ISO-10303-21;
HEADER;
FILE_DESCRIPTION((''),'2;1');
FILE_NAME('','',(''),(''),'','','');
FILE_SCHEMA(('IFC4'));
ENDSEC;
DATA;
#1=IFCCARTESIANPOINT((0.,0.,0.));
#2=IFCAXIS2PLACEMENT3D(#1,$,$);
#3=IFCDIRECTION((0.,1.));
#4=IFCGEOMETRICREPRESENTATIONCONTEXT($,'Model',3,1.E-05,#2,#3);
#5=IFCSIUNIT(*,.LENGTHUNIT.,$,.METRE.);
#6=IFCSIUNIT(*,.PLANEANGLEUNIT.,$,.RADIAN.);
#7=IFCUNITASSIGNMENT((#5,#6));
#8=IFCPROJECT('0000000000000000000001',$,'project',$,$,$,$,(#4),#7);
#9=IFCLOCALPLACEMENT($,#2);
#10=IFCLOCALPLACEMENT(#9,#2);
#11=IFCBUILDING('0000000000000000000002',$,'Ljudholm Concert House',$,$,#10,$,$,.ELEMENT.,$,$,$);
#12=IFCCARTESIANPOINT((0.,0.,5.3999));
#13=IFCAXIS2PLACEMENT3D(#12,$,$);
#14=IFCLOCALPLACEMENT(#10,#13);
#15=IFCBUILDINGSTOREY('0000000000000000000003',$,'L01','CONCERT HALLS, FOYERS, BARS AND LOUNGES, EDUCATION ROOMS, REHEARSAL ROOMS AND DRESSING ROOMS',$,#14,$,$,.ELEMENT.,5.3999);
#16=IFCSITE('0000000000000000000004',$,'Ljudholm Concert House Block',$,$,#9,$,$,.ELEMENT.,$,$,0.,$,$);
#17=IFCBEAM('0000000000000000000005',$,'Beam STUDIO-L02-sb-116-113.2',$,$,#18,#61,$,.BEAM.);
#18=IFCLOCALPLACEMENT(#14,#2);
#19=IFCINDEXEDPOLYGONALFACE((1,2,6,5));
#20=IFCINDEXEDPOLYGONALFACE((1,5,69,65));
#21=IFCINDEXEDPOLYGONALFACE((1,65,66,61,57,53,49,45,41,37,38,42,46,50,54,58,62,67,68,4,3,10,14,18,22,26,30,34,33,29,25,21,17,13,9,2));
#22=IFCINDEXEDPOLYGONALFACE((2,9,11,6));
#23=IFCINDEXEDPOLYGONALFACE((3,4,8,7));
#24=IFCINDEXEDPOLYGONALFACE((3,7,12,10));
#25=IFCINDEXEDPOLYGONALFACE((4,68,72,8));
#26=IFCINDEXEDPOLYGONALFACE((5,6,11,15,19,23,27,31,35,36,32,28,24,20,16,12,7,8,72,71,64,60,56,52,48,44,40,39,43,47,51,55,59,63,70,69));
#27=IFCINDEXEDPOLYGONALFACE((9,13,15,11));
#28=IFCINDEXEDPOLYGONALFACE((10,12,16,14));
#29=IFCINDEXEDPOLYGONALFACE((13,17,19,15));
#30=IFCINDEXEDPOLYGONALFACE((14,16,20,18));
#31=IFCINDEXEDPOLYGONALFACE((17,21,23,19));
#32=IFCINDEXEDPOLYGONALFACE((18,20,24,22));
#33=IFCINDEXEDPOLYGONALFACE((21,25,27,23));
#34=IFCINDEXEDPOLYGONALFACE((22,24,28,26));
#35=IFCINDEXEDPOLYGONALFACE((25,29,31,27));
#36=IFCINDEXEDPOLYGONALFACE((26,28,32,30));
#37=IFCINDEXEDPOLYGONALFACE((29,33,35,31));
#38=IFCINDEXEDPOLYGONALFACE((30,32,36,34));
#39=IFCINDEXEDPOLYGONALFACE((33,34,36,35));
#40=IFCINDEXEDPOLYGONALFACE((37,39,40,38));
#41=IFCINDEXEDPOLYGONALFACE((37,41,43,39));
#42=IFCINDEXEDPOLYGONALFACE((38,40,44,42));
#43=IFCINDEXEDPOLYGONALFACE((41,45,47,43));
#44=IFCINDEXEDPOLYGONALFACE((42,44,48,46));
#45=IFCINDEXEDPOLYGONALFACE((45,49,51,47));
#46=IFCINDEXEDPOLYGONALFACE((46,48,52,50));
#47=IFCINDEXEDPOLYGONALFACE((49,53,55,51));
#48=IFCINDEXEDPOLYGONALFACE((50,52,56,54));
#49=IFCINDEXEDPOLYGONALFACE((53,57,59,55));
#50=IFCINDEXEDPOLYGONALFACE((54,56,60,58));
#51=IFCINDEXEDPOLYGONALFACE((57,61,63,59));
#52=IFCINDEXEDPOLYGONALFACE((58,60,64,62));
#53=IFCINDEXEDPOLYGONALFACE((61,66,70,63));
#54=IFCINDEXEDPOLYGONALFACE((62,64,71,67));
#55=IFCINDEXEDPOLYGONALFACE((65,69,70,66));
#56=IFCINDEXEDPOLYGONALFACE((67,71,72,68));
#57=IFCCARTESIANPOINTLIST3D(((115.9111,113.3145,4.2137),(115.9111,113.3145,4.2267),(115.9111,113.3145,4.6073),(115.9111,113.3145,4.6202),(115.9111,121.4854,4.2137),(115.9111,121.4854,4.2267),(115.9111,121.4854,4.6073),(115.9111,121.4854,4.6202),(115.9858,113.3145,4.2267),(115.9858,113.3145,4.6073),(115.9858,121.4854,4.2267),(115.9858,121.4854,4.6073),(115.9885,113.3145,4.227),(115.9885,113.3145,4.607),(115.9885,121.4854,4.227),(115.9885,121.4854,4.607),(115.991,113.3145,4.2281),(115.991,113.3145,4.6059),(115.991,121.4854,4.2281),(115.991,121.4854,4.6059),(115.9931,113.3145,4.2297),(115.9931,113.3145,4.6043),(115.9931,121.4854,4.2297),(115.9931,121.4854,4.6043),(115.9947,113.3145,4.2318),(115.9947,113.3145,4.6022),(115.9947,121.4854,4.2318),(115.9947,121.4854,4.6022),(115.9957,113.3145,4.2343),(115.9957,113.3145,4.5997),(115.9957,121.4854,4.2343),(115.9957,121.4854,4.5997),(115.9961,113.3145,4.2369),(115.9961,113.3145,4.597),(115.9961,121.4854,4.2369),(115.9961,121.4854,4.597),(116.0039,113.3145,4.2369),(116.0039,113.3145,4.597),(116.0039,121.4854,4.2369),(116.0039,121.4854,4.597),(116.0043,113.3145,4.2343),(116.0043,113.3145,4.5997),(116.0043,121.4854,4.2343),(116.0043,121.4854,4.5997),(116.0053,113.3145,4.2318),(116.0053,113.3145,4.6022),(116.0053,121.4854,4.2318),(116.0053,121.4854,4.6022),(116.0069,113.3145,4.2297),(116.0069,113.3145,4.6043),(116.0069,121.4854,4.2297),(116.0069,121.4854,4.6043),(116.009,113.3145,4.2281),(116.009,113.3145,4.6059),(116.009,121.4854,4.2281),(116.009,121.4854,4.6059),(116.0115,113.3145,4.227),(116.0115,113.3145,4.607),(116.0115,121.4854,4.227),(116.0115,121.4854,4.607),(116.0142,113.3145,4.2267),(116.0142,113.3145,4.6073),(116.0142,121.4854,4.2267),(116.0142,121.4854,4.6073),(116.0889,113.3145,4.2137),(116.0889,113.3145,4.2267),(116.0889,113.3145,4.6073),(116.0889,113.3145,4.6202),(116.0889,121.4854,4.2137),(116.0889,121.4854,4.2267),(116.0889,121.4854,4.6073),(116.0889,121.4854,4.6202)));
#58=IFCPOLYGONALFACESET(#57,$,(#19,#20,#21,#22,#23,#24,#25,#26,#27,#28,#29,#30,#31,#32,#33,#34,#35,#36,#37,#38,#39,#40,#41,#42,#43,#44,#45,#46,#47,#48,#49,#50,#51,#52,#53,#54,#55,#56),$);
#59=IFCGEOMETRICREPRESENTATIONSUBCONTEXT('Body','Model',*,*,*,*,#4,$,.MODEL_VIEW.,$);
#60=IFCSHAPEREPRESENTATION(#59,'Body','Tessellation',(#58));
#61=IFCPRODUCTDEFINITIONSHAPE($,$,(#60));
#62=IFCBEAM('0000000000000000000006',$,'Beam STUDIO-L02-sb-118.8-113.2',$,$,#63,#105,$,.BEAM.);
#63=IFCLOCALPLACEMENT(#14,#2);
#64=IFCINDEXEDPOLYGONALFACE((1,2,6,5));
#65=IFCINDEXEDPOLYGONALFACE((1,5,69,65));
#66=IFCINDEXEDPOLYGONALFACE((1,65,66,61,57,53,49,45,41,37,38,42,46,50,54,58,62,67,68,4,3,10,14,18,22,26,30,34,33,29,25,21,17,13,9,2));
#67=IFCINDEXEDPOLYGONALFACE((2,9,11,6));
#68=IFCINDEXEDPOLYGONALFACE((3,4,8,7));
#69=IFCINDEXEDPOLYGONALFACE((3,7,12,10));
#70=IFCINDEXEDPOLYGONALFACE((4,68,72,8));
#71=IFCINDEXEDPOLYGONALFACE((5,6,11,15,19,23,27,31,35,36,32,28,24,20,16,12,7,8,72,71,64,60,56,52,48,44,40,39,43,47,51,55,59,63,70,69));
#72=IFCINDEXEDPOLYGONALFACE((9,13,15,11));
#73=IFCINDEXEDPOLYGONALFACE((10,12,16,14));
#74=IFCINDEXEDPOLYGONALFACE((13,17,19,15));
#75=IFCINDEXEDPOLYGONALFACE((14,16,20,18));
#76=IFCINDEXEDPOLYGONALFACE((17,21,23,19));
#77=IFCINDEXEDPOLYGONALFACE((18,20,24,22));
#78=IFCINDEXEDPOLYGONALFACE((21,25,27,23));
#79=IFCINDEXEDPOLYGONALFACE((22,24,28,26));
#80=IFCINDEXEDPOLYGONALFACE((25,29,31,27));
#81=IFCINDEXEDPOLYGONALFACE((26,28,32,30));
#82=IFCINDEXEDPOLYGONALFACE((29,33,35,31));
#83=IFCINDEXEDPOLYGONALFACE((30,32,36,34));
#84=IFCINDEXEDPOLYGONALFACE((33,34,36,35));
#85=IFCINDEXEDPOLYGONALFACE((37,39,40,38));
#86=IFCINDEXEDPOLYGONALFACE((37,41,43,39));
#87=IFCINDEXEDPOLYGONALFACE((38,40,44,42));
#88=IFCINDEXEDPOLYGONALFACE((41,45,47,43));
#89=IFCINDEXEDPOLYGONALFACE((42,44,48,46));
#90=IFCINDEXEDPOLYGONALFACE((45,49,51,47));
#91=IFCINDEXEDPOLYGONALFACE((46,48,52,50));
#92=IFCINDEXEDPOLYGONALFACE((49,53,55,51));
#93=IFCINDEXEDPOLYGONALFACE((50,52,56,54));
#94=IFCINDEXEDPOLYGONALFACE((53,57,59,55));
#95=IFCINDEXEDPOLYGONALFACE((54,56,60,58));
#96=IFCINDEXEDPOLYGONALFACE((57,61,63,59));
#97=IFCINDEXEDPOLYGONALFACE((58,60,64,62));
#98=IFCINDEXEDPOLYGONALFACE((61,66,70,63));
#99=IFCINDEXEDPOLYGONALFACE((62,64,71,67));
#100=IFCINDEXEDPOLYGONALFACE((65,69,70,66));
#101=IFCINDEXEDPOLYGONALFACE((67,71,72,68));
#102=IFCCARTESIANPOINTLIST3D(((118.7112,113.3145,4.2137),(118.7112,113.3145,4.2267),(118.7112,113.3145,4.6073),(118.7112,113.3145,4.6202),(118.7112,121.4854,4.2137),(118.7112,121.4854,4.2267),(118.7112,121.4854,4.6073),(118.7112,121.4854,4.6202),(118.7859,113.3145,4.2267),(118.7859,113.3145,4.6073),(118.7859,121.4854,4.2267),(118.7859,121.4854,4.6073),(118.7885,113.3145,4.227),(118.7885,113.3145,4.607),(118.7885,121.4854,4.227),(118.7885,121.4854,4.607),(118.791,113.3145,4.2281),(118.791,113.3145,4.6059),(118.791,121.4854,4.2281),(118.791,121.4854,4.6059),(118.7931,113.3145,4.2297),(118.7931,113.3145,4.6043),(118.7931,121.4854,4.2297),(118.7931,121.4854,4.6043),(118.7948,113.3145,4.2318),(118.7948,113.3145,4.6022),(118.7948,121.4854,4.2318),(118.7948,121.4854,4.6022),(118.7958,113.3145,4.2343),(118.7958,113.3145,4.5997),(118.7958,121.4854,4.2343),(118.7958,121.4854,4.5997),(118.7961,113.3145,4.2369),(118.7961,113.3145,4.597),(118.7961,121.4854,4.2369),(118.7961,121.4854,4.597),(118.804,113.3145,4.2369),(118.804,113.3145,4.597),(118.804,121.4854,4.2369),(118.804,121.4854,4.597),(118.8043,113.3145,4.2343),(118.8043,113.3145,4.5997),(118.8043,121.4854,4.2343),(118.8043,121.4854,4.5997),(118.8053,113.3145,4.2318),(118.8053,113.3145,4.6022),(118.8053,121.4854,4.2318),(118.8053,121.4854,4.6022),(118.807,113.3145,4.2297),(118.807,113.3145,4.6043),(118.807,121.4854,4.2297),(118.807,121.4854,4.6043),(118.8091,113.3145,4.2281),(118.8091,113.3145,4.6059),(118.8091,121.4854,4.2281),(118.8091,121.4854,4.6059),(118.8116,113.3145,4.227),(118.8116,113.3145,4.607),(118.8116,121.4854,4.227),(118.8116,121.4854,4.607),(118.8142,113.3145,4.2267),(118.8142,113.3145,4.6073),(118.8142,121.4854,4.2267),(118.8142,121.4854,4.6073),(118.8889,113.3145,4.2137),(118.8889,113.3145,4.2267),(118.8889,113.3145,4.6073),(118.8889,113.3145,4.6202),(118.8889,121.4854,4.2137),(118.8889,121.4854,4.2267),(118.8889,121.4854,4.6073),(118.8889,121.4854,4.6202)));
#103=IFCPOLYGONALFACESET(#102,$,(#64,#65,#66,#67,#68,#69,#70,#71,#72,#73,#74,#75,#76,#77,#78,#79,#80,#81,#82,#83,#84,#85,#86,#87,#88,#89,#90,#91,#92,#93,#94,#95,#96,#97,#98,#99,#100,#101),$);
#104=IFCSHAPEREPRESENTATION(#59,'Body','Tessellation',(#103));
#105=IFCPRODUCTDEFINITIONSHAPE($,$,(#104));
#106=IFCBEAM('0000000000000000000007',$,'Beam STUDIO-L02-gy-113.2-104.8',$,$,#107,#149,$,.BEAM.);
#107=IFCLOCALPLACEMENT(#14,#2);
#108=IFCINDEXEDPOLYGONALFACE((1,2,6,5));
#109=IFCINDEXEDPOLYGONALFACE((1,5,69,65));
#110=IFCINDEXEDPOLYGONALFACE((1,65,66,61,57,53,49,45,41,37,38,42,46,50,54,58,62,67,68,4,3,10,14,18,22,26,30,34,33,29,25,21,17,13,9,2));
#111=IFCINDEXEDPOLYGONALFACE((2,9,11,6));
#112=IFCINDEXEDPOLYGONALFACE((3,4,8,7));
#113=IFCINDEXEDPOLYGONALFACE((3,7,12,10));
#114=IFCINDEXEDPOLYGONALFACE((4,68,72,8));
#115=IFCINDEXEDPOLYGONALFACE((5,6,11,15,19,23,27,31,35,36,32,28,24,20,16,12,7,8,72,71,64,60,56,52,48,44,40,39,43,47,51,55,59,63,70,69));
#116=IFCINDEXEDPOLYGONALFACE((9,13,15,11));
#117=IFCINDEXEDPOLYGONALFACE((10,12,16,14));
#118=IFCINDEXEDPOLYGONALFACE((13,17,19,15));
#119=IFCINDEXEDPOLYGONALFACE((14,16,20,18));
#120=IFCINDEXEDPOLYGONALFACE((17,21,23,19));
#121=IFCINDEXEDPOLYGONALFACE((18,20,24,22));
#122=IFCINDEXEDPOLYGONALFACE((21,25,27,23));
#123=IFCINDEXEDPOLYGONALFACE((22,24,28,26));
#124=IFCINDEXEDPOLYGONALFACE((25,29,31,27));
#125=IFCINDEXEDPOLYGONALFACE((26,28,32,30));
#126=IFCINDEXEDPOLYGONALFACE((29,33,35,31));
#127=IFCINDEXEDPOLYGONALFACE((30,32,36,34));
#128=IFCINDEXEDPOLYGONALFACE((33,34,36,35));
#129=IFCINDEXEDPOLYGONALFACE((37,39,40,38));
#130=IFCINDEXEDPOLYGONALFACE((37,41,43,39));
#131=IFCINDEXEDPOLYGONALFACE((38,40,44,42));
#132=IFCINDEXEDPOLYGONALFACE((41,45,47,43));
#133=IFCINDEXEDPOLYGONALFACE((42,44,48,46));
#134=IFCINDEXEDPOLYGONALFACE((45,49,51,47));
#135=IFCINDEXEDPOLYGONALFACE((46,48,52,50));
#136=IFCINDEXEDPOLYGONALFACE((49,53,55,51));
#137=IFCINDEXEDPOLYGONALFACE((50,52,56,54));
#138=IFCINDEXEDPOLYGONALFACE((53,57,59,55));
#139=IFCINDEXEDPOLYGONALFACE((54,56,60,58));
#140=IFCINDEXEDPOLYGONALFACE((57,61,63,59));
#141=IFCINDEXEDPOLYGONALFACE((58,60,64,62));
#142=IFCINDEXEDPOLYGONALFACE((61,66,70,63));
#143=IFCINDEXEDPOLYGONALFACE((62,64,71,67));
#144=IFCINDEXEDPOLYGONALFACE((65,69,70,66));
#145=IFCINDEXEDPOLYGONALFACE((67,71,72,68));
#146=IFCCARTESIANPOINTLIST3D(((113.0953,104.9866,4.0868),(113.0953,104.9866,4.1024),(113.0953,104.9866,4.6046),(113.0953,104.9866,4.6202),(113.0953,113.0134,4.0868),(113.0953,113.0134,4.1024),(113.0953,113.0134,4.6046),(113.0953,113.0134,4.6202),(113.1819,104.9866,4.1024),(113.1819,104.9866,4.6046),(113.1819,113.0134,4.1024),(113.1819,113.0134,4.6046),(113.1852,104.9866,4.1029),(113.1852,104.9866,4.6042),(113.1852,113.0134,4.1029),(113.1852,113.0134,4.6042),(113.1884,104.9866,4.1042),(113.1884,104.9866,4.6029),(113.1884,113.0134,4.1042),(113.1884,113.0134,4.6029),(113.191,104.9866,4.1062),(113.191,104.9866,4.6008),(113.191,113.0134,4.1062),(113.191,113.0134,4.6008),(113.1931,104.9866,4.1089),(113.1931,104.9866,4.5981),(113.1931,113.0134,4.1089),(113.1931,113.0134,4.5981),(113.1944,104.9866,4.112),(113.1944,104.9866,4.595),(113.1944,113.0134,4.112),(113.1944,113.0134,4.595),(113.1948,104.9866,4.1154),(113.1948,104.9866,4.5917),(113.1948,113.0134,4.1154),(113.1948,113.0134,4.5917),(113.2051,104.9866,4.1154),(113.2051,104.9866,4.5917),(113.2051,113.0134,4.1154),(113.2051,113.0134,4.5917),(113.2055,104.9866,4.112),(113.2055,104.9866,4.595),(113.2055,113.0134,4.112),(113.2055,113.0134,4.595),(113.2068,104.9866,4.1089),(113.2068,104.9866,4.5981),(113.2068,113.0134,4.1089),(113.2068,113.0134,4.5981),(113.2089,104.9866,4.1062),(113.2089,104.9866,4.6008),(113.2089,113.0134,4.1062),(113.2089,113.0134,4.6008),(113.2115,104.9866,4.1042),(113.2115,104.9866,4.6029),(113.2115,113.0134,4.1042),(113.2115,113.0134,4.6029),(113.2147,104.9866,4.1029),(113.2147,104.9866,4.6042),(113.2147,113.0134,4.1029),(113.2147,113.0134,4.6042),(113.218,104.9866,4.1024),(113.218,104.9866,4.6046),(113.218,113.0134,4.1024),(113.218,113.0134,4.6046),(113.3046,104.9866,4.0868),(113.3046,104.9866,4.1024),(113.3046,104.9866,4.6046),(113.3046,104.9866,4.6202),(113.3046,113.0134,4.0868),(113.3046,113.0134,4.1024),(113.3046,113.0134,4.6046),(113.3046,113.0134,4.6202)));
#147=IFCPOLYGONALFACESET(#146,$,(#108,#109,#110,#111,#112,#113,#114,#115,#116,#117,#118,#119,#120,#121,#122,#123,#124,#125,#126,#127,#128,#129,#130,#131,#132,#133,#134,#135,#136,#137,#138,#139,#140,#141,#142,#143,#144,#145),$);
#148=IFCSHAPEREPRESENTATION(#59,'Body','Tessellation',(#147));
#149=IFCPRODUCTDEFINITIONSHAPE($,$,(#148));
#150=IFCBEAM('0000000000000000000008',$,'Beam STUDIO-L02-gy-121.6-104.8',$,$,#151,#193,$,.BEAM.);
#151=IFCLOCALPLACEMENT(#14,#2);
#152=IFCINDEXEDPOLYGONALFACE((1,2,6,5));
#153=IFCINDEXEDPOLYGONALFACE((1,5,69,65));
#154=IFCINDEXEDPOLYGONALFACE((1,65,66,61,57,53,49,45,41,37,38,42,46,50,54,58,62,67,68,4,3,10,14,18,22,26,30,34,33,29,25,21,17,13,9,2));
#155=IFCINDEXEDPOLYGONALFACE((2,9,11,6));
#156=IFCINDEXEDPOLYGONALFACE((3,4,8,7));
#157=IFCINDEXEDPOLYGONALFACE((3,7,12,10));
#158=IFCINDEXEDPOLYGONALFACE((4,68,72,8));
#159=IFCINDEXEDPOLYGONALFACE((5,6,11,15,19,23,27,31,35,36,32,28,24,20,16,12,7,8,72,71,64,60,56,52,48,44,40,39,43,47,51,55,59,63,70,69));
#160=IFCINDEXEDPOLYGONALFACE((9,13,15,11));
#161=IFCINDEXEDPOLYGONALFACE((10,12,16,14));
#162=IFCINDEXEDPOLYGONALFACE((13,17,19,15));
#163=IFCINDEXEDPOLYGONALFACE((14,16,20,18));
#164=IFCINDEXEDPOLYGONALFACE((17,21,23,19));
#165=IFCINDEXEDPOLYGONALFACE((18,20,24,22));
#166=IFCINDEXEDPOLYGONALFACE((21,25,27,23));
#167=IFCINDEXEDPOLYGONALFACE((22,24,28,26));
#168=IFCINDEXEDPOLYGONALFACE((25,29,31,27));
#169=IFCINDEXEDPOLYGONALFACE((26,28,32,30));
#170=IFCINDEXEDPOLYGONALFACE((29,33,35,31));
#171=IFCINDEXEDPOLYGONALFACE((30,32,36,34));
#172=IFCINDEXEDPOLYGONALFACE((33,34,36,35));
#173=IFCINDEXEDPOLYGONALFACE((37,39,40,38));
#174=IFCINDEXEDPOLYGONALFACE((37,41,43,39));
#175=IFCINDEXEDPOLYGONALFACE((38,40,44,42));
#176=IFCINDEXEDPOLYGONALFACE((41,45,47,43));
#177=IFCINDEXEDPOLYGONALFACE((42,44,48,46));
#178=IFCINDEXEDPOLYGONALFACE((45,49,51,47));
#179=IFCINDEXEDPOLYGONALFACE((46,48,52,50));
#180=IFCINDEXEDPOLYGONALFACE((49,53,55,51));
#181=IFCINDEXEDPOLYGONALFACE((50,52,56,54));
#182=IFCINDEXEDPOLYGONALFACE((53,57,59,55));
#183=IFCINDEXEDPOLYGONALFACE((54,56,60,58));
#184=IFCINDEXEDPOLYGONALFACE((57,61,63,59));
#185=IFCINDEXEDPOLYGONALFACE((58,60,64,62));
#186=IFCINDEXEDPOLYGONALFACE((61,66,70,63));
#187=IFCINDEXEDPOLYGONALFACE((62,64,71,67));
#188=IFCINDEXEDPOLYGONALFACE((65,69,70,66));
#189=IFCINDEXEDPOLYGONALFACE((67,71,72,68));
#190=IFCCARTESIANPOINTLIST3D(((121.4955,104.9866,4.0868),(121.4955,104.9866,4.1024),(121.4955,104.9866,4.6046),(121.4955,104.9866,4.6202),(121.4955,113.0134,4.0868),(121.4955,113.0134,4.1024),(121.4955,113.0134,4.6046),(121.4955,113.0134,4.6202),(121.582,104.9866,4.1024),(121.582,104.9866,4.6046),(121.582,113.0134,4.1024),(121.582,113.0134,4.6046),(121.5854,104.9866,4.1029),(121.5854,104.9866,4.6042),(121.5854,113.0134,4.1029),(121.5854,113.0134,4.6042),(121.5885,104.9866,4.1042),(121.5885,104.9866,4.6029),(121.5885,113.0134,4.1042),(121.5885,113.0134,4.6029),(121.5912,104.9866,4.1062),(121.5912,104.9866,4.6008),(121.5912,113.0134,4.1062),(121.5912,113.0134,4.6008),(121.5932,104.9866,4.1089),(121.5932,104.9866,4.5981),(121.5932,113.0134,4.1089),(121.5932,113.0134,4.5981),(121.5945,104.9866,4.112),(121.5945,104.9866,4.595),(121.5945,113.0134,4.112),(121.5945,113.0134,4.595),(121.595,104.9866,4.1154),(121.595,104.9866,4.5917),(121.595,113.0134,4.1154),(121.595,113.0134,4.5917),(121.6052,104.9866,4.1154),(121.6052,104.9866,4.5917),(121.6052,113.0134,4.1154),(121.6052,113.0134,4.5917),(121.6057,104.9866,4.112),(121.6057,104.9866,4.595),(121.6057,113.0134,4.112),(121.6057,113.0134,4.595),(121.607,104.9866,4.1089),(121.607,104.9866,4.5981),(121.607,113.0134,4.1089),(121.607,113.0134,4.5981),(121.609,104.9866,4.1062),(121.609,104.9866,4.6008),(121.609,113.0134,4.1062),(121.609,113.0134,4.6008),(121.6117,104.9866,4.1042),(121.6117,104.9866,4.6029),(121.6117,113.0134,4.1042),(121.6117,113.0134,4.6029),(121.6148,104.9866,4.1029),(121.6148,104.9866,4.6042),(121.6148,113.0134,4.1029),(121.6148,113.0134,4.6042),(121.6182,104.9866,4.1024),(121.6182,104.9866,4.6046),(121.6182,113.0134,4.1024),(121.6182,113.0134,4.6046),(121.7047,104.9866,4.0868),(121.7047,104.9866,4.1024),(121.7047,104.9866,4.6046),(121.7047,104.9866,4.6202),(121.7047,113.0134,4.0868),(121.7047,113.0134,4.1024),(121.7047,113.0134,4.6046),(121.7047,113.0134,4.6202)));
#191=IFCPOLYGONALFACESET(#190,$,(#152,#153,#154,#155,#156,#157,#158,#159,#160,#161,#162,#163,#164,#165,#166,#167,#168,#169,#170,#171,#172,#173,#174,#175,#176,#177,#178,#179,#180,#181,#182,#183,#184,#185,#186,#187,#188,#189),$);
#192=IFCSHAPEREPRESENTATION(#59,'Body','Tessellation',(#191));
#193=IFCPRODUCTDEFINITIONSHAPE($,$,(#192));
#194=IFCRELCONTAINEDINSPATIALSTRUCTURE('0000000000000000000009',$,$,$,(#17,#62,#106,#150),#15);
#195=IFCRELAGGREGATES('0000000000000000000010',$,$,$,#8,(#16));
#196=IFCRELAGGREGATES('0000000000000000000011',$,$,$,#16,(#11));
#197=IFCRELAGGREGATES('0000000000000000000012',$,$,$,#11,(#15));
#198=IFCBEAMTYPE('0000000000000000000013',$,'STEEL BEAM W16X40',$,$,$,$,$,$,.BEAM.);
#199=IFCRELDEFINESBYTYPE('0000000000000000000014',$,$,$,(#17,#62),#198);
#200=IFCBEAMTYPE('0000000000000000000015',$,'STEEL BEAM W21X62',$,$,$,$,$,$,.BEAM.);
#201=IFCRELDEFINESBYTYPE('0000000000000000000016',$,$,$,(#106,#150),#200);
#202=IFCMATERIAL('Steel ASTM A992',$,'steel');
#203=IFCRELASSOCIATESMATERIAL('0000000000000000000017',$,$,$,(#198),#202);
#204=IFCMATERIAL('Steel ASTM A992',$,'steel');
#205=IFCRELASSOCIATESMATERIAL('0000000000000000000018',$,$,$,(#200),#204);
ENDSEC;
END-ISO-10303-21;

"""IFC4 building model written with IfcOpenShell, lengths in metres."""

from ifc_helpers import new_model, si_unit, direction, frame, origin, origin_2d, place, context, subcontext, project, spatial, i_section, extrude, material, material_profile, profile_set, type_object, element, save


model = new_model("IFC4")

# Units and contexts
model_context = context("Model", 3, precision=1e-05, world=origin(), true_north=direction((0.0, 1.0)))
body_context = subcontext(model_context, "Body", "Model", "MODEL_VIEW")
ifc_project = project(units=[si_unit("LENGTHUNIT", "METRE"), si_unit("PLANEANGLEUNIT", "RADIAN")], contexts=[model_context])

# Site, building, storey
site_placement = place(None, origin())
site = spatial("IfcSite", under=ifc_project, at=site_placement, Name="Ljudholm Concert House Block", CompositionType="ELEMENT", RefElevation=0.0)
building_placement = place(site_placement, origin())
building = spatial("IfcBuilding", under=site, at=building_placement, Name="Ljudholm Concert House", CompositionType="ELEMENT")
storey_placement = place(building_placement, frame((0.0, 0.0, 5.3999)))
storey = spatial("IfcBuildingStorey", under=building, at=storey_placement, Name="L01", Description="CONCERT HALLS, FOYERS, BARS AND LOUNGES, EDUCATION ROOMS, REHEARSAL ROOMS AND DRESSING ROOMS", CompositionType="ELEMENT", Elevation=5.3999)

# Beams
ifc_material_1 = material(Name="Steel ASTM A992", Category="steel")
ifc_material_profile_1 = material_profile(ifc_material_1, i_section(OverallWidth=0.1777, OverallDepth=0.4065, WebThickness=0.0078, FlangeThickness=0.0129, FilletRadius=0.0103, at=origin_2d()), Name="W16X40")
ifc_profile_set_1 = profile_set([ifc_material_profile_1], Name="Steel ASTM A992")
beam_type_1 = type_object("IfcBeamType", Name="STEEL BEAM W16X40", PredefinedType="BEAM", material=ifc_profile_set_1)
for number, where, z_axis, x_axis, name in (
    (1, (116.0, 113.3145, 4.417), (0.0, 1.0, 0.0), (-1.0, 0.0, 0.0), "Beam STUDIO-L02-sb-116-113.2"),
    (2, (118.8, 113.3145, 4.417), (0.0, 1.0, 0.0), (-1.0, 0.0, 0.0), "Beam STUDIO-L02-sb-118.8-113.2"),
):
    element("IfcBeam", number, at=place(storey_placement, frame(where, z_axis=z_axis, x_axis=x_axis)), inside=storey, type_object=beam_type_1, Name=name, PredefinedType="BEAM", context=body_context, shape_type="SweptSolid", body=[
        extrude(i_section(OverallWidth=0.1777, OverallDepth=0.4065, WebThickness=0.0078, FlangeThickness=0.0129, FilletRadius=0.0103, at=origin_2d()), origin(), (0.0, 0.0, 1.0), 8.1709),
    ])
ifc_material_2 = material(Name="Steel ASTM A992", Category="steel")
ifc_material_profile_2 = material_profile(ifc_material_2, i_section(OverallWidth=0.2092, OverallDepth=0.5334, WebThickness=0.0103, FlangeThickness=0.0156, FilletRadius=0.0129, at=origin_2d()), Name="W21X62")
ifc_profile_set_2 = profile_set([ifc_material_profile_2], Name="Steel ASTM A992")
beam_type_2 = type_object("IfcBeamType", Name="STEEL BEAM W21X62", PredefinedType="BEAM", material=ifc_profile_set_2)
for number, where, z_axis, x_axis, name in (
    (3, (113.2, 104.9866, 4.3535), (0.0, 1.0, 0.0), (-1.0, 0.0, 0.0), "Beam STUDIO-L02-gy-113.2-104.8"),
    (4, (121.6001, 104.9866, 4.3535), (0.0, 1.0, 0.0), (-1.0, 0.0, 0.0), "Beam STUDIO-L02-gy-121.6-104.8"),
):
    element("IfcBeam", number, at=place(storey_placement, frame(where, z_axis=z_axis, x_axis=x_axis)), inside=storey, type_object=beam_type_2, Name=name, PredefinedType="BEAM", context=body_context, shape_type="SweptSolid", body=[
        extrude(i_section(OverallWidth=0.2092, OverallDepth=0.5334, WebThickness=0.0103, FlangeThickness=0.0156, FilletRadius=0.0129, at=origin_2d()), origin(), (0.0, 0.0, 1.0), 8.0269),
    ])

save(model, "model.ifc")
